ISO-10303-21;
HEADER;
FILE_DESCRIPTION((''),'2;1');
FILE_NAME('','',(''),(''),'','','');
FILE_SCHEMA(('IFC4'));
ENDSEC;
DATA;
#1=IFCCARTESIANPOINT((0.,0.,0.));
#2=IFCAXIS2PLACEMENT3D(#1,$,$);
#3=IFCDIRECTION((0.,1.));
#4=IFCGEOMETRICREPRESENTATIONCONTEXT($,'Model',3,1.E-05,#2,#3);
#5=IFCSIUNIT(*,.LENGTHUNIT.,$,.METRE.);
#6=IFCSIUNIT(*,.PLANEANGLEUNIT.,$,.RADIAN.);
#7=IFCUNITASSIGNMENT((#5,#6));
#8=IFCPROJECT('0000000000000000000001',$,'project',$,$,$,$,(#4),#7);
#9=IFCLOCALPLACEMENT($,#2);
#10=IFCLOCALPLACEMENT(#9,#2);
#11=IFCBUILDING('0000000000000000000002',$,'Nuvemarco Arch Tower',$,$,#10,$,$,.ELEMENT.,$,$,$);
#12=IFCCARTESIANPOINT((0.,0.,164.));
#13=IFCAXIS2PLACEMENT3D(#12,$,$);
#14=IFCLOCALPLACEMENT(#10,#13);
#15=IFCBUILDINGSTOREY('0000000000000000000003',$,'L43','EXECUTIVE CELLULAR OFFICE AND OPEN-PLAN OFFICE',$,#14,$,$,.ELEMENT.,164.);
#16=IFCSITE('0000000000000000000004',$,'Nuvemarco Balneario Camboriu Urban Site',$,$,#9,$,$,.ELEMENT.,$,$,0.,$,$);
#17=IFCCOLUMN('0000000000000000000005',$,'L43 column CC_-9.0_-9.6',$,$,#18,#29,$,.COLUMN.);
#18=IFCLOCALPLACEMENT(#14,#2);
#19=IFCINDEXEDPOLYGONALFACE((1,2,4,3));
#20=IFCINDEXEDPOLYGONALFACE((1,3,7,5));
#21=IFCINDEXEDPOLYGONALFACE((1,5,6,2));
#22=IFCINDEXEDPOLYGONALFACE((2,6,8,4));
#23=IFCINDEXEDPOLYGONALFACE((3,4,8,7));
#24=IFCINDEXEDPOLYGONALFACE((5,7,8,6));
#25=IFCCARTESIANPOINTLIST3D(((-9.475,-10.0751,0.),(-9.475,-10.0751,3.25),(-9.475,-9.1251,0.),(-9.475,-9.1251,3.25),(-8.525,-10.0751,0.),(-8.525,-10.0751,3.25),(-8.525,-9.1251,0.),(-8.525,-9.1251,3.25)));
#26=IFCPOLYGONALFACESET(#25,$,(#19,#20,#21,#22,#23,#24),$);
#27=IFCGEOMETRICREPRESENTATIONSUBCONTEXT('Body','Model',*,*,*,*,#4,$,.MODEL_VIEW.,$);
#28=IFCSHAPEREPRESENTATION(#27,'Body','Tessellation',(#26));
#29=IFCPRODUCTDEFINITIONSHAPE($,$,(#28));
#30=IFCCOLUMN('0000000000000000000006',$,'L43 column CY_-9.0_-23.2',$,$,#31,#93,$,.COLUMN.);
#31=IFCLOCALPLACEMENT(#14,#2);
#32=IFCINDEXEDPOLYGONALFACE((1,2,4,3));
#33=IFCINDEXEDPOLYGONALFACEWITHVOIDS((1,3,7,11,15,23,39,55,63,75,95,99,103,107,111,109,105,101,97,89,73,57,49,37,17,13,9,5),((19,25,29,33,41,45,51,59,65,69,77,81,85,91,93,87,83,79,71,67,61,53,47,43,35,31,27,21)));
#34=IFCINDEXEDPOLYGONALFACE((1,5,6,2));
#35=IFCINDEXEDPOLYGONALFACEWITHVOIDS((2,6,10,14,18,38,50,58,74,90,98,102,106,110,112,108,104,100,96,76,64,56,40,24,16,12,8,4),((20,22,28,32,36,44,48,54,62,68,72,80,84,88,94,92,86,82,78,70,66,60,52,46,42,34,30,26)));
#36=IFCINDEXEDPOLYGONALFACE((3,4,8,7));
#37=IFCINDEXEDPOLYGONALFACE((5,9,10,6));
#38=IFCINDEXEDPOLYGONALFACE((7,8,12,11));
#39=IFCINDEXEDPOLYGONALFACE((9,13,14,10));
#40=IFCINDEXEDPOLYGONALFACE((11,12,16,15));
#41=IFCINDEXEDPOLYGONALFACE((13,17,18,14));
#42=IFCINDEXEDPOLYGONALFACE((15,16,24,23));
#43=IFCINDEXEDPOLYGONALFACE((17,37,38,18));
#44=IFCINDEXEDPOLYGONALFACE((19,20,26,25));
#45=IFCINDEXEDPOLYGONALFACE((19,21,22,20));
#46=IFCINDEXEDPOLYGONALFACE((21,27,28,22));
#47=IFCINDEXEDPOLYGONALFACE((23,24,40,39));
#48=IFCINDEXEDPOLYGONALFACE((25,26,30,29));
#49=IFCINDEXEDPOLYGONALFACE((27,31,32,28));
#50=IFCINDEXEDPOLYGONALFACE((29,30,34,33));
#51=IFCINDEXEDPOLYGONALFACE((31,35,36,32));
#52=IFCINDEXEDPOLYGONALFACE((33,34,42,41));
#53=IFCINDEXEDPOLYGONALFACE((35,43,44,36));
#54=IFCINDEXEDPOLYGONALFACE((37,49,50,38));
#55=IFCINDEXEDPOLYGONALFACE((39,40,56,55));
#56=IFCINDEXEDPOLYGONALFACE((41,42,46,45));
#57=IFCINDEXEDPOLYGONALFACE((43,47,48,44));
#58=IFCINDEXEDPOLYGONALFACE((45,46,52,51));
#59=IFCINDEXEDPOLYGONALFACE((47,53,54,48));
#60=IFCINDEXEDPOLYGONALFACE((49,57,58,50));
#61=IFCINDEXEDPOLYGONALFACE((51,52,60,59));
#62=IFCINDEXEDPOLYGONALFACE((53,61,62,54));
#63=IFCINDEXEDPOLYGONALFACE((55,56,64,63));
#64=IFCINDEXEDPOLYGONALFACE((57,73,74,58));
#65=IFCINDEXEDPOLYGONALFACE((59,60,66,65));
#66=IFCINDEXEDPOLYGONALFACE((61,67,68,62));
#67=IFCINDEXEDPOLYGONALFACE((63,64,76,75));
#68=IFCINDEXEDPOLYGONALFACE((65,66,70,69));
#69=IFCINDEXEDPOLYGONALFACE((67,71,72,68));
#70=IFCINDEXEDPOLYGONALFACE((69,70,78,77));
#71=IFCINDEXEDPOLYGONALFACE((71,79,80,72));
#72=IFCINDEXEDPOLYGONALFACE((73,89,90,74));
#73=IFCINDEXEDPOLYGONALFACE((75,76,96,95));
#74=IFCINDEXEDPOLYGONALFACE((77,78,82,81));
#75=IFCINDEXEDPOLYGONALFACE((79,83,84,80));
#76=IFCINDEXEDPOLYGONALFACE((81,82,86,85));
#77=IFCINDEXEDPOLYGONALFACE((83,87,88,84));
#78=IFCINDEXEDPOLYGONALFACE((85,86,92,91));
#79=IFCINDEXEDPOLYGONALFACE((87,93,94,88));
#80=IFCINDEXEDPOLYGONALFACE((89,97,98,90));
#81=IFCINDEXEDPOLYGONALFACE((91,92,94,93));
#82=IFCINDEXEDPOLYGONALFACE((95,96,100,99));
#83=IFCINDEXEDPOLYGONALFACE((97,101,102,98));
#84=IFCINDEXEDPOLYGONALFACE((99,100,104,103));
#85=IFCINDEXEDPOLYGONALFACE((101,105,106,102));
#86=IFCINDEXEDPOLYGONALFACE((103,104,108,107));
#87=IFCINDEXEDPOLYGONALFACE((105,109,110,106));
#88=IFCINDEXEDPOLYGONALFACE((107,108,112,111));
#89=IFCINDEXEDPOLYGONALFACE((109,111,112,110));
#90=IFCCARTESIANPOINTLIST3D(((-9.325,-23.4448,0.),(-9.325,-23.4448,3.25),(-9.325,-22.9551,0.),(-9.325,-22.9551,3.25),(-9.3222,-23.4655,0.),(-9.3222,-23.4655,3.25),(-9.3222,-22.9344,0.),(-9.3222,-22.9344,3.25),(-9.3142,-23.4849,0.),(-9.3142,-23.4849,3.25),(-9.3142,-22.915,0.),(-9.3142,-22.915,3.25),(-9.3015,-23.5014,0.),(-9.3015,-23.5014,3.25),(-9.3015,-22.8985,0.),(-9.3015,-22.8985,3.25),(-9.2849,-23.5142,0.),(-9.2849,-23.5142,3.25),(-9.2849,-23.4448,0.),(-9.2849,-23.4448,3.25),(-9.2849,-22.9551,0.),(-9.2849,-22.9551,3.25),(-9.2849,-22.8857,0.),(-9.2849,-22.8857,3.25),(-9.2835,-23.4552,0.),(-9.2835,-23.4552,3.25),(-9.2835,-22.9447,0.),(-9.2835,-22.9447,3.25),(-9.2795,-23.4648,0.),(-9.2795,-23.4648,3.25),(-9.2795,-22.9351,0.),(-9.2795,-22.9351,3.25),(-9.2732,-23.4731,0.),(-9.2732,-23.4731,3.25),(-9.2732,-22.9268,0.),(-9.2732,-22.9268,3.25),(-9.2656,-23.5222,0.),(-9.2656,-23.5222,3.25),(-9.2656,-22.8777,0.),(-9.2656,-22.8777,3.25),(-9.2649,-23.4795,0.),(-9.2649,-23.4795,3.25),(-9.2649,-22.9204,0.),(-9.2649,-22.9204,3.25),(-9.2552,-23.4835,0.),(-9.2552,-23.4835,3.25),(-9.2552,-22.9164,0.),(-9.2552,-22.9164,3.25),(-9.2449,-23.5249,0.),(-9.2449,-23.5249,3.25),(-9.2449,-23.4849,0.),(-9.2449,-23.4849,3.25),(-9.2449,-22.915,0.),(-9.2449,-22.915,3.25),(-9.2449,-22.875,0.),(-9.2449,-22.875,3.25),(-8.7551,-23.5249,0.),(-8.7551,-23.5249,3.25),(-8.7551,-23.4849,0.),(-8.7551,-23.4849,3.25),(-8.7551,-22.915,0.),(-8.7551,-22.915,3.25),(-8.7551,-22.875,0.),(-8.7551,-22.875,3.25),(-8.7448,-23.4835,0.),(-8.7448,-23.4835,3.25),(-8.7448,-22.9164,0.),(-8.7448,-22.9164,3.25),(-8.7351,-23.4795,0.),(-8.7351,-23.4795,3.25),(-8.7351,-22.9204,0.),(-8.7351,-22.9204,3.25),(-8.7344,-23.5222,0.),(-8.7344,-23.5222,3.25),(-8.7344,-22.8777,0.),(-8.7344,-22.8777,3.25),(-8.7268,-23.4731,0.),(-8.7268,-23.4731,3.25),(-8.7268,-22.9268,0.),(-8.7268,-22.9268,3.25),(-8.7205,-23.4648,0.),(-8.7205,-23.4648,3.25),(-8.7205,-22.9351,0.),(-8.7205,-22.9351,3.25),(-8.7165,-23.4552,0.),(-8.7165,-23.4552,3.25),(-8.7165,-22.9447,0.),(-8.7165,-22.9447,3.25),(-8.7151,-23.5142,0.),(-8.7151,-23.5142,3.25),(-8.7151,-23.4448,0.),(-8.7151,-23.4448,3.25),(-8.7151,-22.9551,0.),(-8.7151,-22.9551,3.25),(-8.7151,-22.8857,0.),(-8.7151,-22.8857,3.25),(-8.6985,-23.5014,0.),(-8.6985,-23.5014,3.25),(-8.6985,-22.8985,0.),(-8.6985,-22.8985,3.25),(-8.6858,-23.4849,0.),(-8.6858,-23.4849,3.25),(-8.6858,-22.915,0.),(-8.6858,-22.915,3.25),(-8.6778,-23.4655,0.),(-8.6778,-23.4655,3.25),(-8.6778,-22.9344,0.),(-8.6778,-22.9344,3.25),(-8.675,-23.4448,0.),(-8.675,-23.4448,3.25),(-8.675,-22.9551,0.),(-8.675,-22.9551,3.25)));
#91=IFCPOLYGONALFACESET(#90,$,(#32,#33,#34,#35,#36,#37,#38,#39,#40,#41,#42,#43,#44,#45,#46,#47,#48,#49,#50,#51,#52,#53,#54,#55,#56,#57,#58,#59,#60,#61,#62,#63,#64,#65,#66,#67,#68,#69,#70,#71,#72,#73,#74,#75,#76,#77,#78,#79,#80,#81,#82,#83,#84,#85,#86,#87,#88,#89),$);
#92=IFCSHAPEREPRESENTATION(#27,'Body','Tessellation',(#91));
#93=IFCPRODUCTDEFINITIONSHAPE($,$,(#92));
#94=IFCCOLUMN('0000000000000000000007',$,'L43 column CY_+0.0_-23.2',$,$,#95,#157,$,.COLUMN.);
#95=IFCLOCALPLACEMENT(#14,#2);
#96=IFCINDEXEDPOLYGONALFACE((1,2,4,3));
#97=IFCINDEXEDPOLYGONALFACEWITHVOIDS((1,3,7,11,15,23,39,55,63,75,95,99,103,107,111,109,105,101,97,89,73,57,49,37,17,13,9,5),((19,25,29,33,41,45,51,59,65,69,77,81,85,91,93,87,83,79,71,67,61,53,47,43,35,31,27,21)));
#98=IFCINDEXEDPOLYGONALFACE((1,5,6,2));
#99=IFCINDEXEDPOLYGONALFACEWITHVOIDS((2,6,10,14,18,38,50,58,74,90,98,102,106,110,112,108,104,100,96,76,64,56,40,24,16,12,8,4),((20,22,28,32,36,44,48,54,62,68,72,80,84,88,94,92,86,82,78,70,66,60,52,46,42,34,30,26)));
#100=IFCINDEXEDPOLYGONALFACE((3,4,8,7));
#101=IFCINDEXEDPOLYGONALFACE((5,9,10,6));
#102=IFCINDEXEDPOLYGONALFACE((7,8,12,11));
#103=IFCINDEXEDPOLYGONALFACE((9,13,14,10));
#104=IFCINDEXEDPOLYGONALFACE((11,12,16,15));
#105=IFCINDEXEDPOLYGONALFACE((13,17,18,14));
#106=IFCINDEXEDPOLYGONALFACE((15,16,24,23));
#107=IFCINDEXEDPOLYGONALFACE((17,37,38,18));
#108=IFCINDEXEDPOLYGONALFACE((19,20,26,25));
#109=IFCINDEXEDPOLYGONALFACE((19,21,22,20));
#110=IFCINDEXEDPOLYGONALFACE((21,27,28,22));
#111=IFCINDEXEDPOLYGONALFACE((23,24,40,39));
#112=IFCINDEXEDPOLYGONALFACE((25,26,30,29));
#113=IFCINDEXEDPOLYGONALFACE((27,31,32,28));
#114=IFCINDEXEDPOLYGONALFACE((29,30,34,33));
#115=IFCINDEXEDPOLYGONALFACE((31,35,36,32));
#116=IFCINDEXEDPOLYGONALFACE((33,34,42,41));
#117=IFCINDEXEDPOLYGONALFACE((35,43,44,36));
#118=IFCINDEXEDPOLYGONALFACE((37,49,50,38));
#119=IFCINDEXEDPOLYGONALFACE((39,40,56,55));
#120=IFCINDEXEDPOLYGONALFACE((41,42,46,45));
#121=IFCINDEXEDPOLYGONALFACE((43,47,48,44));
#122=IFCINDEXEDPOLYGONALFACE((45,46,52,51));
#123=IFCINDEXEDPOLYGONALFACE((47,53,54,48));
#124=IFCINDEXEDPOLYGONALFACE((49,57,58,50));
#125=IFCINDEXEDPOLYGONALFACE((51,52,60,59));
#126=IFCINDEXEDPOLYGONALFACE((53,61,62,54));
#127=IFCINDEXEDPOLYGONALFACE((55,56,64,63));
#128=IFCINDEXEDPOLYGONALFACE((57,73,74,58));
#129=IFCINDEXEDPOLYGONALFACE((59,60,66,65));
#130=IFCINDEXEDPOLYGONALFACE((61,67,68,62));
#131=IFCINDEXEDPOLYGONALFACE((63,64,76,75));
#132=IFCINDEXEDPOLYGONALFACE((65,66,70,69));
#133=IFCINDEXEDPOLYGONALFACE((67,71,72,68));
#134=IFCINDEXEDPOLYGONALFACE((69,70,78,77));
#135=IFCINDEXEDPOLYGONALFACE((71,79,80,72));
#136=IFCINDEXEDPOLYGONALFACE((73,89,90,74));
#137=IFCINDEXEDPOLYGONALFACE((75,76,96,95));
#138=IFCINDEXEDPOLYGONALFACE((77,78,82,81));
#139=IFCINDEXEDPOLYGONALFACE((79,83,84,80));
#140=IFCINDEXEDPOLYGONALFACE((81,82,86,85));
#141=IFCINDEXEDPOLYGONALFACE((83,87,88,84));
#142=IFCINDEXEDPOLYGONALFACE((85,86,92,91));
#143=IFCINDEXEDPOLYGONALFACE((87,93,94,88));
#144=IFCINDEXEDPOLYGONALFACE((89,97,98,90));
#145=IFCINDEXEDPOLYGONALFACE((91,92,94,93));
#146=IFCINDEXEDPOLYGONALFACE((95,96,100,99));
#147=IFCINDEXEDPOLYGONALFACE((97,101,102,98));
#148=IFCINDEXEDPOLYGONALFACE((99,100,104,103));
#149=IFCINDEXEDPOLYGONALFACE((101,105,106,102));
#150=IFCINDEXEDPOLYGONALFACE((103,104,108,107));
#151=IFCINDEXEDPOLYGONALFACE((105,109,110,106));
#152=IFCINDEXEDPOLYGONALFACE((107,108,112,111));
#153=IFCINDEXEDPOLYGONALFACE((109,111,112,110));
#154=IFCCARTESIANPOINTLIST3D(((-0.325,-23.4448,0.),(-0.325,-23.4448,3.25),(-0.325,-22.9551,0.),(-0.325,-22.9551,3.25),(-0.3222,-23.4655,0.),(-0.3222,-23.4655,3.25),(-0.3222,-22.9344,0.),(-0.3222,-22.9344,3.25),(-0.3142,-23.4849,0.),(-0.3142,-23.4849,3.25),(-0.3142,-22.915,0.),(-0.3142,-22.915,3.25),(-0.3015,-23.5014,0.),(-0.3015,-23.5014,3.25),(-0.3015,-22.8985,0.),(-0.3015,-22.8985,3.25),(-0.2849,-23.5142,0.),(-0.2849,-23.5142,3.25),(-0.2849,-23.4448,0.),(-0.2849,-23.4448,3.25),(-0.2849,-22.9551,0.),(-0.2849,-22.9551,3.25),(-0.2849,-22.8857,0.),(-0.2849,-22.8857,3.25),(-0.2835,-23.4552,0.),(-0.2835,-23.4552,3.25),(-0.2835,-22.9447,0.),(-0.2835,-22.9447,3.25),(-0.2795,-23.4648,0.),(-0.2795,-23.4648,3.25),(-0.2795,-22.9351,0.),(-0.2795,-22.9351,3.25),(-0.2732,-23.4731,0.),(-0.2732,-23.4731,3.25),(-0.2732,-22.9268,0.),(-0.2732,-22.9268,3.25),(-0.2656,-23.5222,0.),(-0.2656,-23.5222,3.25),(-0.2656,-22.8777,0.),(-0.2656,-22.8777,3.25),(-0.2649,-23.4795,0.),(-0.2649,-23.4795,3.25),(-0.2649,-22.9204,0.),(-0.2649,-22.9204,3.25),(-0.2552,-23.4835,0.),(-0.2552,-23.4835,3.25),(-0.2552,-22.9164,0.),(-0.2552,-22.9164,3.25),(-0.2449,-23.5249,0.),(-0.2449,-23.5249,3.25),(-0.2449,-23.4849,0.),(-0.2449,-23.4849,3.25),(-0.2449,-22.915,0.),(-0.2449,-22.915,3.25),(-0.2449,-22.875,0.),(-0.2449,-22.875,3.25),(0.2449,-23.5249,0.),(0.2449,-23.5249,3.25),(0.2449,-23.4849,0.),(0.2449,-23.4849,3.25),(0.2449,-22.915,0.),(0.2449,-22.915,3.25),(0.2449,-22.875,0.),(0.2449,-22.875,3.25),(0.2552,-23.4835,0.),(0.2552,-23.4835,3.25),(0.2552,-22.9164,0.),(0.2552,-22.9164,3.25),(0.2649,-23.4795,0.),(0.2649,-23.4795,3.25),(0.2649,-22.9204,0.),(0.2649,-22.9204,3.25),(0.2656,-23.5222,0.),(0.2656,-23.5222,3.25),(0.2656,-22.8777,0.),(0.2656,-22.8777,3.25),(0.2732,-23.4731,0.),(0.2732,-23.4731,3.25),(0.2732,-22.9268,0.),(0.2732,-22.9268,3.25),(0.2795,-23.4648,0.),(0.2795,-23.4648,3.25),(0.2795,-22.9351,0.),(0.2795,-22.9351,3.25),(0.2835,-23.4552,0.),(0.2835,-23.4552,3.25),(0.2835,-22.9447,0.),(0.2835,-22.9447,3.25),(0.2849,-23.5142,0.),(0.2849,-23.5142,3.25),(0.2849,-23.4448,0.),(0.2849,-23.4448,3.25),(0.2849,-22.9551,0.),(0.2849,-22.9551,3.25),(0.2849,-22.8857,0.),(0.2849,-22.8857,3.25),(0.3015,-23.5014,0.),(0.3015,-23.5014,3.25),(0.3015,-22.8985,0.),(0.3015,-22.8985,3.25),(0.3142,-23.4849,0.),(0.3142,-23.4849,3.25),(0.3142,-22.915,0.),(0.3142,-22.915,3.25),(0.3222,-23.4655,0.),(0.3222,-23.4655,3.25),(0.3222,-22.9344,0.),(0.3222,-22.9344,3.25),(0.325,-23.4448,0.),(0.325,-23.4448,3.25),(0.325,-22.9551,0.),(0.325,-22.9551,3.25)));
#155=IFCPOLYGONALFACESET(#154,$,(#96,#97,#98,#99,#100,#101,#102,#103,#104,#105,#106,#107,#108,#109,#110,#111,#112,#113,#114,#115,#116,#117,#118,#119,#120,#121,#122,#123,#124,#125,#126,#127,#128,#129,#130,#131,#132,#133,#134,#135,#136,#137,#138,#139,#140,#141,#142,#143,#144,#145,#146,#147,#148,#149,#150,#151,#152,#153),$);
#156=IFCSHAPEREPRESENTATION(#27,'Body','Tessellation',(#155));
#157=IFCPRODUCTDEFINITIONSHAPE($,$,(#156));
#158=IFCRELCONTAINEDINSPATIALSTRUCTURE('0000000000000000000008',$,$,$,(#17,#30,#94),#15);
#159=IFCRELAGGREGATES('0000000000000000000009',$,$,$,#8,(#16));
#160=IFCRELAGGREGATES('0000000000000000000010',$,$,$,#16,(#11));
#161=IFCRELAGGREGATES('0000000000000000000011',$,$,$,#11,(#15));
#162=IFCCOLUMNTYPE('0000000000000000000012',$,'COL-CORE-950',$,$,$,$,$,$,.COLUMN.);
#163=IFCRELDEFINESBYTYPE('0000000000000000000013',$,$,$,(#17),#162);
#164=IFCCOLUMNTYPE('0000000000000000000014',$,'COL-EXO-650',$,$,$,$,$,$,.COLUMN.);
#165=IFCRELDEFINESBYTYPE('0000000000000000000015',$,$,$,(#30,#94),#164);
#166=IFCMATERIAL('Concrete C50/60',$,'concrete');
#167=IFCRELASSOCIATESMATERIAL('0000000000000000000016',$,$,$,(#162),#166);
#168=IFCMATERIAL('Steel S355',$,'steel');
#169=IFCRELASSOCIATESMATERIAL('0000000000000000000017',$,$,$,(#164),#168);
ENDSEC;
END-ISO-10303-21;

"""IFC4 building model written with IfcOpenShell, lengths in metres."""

from ifc_helpers import new_model, si_unit, direction, frame, origin, origin_2d, place, context, subcontext, project, spatial, rectangle, hollow_rectangle, extrude, material, material_profile, profile_set, type_object, element, save


model = new_model("IFC4")

# Units and contexts
model_context = context("Model", 3, precision=1e-05, world=origin(), true_north=direction((0.0, 1.0)))
body_context = subcontext(model_context, "Body", "Model", "MODEL_VIEW")
ifc_project = project(units=[si_unit("LENGTHUNIT", "METRE"), si_unit("PLANEANGLEUNIT", "RADIAN")], contexts=[model_context])

# Site, building, storey
site_placement = place(None, origin())
site = spatial("IfcSite", under=ifc_project, at=site_placement, Name="Nuvemarco Balneario Camboriu Urban Site", CompositionType="ELEMENT", RefElevation=0.0)
building_placement = place(site_placement, origin())
building = spatial("IfcBuilding", under=site, at=building_placement, Name="Nuvemarco Arch Tower", CompositionType="ELEMENT")
storey_placement = place(building_placement, frame((0.0, 0.0, 164.0)))
storey = spatial("IfcBuildingStorey", under=building, at=storey_placement, Name="L43", Description="EXECUTIVE CELLULAR OFFICE AND OPEN-PLAN OFFICE", CompositionType="ELEMENT", Elevation=164.0)

# Columns
ifc_material_1 = material(Name="Concrete C50/60", Category="concrete")
ifc_material_profile_1 = material_profile(ifc_material_1, rectangle(XDim=0.95, YDim=0.95, at=origin_2d()), Name="RC-COL-950x950")
ifc_profile_set_1 = profile_set([ifc_material_profile_1], Name="Concrete C50/60")
column_type_1 = type_object("IfcColumnType", Name="COL-CORE-950", PredefinedType="COLUMN", material=ifc_profile_set_1)
column_placement = place(storey_placement, frame((-9.0, -9.6001, 0.0), z_axis=(0.0, 0.0, 1.0), x_axis=(1.0, 0.0, 0.0)))
element("IfcColumn", 1, at=column_placement, inside=storey, type_object=column_type_1, Name="L43 column CC_-9.0_-9.6", PredefinedType="COLUMN", context=body_context, shape_type="SweptSolid", body=[
    extrude(rectangle(XDim=0.95, YDim=0.95, at=origin_2d()), origin(), (0.0, 0.0, 1.0), 3.25),
])
ifc_material_2 = material(Name="Steel S355", Category="steel")
ifc_material_profile_2 = material_profile(ifc_material_2, hollow_rectangle(XDim=0.6499, YDim=0.6499, WallThickness=0.04, InnerFilletRadius=0.04, OuterFilletRadius=0.0801, at=origin_2d()), Name="SHS650x650x40")
ifc_profile_set_2 = profile_set([ifc_material_profile_2], Name="Steel S355")
column_type_2 = type_object("IfcColumnType", Name="COL-EXO-650", PredefinedType="COLUMN", material=ifc_profile_set_2)
for number, where, z_axis, x_axis, name in (
    (2, (-9.0, -23.2, 0.0), (0.0, 0.0, 1.0), (1.0, 0.0, 0.0), "L43 column CY_-9.0_-23.2"),
    (3, (0.0, -23.2, 0.0), (0.0, 0.0, 1.0), (1.0, 0.0, 0.0), "L43 column CY_+0.0_-23.2"),
):
    element("IfcColumn", number, at=place(storey_placement, frame(where, z_axis=z_axis, x_axis=x_axis)), inside=storey, type_object=column_type_2, Name=name, PredefinedType="COLUMN", context=body_context, shape_type="SweptSolid", body=[
        extrude(hollow_rectangle(XDim=0.6499, YDim=0.6499, WallThickness=0.04, InnerFilletRadius=0.04, OuterFilletRadius=0.0801, at=origin_2d()), origin(), (0.0, 0.0, 1.0), 3.25),
    ])

save(model, "model.ifc")
